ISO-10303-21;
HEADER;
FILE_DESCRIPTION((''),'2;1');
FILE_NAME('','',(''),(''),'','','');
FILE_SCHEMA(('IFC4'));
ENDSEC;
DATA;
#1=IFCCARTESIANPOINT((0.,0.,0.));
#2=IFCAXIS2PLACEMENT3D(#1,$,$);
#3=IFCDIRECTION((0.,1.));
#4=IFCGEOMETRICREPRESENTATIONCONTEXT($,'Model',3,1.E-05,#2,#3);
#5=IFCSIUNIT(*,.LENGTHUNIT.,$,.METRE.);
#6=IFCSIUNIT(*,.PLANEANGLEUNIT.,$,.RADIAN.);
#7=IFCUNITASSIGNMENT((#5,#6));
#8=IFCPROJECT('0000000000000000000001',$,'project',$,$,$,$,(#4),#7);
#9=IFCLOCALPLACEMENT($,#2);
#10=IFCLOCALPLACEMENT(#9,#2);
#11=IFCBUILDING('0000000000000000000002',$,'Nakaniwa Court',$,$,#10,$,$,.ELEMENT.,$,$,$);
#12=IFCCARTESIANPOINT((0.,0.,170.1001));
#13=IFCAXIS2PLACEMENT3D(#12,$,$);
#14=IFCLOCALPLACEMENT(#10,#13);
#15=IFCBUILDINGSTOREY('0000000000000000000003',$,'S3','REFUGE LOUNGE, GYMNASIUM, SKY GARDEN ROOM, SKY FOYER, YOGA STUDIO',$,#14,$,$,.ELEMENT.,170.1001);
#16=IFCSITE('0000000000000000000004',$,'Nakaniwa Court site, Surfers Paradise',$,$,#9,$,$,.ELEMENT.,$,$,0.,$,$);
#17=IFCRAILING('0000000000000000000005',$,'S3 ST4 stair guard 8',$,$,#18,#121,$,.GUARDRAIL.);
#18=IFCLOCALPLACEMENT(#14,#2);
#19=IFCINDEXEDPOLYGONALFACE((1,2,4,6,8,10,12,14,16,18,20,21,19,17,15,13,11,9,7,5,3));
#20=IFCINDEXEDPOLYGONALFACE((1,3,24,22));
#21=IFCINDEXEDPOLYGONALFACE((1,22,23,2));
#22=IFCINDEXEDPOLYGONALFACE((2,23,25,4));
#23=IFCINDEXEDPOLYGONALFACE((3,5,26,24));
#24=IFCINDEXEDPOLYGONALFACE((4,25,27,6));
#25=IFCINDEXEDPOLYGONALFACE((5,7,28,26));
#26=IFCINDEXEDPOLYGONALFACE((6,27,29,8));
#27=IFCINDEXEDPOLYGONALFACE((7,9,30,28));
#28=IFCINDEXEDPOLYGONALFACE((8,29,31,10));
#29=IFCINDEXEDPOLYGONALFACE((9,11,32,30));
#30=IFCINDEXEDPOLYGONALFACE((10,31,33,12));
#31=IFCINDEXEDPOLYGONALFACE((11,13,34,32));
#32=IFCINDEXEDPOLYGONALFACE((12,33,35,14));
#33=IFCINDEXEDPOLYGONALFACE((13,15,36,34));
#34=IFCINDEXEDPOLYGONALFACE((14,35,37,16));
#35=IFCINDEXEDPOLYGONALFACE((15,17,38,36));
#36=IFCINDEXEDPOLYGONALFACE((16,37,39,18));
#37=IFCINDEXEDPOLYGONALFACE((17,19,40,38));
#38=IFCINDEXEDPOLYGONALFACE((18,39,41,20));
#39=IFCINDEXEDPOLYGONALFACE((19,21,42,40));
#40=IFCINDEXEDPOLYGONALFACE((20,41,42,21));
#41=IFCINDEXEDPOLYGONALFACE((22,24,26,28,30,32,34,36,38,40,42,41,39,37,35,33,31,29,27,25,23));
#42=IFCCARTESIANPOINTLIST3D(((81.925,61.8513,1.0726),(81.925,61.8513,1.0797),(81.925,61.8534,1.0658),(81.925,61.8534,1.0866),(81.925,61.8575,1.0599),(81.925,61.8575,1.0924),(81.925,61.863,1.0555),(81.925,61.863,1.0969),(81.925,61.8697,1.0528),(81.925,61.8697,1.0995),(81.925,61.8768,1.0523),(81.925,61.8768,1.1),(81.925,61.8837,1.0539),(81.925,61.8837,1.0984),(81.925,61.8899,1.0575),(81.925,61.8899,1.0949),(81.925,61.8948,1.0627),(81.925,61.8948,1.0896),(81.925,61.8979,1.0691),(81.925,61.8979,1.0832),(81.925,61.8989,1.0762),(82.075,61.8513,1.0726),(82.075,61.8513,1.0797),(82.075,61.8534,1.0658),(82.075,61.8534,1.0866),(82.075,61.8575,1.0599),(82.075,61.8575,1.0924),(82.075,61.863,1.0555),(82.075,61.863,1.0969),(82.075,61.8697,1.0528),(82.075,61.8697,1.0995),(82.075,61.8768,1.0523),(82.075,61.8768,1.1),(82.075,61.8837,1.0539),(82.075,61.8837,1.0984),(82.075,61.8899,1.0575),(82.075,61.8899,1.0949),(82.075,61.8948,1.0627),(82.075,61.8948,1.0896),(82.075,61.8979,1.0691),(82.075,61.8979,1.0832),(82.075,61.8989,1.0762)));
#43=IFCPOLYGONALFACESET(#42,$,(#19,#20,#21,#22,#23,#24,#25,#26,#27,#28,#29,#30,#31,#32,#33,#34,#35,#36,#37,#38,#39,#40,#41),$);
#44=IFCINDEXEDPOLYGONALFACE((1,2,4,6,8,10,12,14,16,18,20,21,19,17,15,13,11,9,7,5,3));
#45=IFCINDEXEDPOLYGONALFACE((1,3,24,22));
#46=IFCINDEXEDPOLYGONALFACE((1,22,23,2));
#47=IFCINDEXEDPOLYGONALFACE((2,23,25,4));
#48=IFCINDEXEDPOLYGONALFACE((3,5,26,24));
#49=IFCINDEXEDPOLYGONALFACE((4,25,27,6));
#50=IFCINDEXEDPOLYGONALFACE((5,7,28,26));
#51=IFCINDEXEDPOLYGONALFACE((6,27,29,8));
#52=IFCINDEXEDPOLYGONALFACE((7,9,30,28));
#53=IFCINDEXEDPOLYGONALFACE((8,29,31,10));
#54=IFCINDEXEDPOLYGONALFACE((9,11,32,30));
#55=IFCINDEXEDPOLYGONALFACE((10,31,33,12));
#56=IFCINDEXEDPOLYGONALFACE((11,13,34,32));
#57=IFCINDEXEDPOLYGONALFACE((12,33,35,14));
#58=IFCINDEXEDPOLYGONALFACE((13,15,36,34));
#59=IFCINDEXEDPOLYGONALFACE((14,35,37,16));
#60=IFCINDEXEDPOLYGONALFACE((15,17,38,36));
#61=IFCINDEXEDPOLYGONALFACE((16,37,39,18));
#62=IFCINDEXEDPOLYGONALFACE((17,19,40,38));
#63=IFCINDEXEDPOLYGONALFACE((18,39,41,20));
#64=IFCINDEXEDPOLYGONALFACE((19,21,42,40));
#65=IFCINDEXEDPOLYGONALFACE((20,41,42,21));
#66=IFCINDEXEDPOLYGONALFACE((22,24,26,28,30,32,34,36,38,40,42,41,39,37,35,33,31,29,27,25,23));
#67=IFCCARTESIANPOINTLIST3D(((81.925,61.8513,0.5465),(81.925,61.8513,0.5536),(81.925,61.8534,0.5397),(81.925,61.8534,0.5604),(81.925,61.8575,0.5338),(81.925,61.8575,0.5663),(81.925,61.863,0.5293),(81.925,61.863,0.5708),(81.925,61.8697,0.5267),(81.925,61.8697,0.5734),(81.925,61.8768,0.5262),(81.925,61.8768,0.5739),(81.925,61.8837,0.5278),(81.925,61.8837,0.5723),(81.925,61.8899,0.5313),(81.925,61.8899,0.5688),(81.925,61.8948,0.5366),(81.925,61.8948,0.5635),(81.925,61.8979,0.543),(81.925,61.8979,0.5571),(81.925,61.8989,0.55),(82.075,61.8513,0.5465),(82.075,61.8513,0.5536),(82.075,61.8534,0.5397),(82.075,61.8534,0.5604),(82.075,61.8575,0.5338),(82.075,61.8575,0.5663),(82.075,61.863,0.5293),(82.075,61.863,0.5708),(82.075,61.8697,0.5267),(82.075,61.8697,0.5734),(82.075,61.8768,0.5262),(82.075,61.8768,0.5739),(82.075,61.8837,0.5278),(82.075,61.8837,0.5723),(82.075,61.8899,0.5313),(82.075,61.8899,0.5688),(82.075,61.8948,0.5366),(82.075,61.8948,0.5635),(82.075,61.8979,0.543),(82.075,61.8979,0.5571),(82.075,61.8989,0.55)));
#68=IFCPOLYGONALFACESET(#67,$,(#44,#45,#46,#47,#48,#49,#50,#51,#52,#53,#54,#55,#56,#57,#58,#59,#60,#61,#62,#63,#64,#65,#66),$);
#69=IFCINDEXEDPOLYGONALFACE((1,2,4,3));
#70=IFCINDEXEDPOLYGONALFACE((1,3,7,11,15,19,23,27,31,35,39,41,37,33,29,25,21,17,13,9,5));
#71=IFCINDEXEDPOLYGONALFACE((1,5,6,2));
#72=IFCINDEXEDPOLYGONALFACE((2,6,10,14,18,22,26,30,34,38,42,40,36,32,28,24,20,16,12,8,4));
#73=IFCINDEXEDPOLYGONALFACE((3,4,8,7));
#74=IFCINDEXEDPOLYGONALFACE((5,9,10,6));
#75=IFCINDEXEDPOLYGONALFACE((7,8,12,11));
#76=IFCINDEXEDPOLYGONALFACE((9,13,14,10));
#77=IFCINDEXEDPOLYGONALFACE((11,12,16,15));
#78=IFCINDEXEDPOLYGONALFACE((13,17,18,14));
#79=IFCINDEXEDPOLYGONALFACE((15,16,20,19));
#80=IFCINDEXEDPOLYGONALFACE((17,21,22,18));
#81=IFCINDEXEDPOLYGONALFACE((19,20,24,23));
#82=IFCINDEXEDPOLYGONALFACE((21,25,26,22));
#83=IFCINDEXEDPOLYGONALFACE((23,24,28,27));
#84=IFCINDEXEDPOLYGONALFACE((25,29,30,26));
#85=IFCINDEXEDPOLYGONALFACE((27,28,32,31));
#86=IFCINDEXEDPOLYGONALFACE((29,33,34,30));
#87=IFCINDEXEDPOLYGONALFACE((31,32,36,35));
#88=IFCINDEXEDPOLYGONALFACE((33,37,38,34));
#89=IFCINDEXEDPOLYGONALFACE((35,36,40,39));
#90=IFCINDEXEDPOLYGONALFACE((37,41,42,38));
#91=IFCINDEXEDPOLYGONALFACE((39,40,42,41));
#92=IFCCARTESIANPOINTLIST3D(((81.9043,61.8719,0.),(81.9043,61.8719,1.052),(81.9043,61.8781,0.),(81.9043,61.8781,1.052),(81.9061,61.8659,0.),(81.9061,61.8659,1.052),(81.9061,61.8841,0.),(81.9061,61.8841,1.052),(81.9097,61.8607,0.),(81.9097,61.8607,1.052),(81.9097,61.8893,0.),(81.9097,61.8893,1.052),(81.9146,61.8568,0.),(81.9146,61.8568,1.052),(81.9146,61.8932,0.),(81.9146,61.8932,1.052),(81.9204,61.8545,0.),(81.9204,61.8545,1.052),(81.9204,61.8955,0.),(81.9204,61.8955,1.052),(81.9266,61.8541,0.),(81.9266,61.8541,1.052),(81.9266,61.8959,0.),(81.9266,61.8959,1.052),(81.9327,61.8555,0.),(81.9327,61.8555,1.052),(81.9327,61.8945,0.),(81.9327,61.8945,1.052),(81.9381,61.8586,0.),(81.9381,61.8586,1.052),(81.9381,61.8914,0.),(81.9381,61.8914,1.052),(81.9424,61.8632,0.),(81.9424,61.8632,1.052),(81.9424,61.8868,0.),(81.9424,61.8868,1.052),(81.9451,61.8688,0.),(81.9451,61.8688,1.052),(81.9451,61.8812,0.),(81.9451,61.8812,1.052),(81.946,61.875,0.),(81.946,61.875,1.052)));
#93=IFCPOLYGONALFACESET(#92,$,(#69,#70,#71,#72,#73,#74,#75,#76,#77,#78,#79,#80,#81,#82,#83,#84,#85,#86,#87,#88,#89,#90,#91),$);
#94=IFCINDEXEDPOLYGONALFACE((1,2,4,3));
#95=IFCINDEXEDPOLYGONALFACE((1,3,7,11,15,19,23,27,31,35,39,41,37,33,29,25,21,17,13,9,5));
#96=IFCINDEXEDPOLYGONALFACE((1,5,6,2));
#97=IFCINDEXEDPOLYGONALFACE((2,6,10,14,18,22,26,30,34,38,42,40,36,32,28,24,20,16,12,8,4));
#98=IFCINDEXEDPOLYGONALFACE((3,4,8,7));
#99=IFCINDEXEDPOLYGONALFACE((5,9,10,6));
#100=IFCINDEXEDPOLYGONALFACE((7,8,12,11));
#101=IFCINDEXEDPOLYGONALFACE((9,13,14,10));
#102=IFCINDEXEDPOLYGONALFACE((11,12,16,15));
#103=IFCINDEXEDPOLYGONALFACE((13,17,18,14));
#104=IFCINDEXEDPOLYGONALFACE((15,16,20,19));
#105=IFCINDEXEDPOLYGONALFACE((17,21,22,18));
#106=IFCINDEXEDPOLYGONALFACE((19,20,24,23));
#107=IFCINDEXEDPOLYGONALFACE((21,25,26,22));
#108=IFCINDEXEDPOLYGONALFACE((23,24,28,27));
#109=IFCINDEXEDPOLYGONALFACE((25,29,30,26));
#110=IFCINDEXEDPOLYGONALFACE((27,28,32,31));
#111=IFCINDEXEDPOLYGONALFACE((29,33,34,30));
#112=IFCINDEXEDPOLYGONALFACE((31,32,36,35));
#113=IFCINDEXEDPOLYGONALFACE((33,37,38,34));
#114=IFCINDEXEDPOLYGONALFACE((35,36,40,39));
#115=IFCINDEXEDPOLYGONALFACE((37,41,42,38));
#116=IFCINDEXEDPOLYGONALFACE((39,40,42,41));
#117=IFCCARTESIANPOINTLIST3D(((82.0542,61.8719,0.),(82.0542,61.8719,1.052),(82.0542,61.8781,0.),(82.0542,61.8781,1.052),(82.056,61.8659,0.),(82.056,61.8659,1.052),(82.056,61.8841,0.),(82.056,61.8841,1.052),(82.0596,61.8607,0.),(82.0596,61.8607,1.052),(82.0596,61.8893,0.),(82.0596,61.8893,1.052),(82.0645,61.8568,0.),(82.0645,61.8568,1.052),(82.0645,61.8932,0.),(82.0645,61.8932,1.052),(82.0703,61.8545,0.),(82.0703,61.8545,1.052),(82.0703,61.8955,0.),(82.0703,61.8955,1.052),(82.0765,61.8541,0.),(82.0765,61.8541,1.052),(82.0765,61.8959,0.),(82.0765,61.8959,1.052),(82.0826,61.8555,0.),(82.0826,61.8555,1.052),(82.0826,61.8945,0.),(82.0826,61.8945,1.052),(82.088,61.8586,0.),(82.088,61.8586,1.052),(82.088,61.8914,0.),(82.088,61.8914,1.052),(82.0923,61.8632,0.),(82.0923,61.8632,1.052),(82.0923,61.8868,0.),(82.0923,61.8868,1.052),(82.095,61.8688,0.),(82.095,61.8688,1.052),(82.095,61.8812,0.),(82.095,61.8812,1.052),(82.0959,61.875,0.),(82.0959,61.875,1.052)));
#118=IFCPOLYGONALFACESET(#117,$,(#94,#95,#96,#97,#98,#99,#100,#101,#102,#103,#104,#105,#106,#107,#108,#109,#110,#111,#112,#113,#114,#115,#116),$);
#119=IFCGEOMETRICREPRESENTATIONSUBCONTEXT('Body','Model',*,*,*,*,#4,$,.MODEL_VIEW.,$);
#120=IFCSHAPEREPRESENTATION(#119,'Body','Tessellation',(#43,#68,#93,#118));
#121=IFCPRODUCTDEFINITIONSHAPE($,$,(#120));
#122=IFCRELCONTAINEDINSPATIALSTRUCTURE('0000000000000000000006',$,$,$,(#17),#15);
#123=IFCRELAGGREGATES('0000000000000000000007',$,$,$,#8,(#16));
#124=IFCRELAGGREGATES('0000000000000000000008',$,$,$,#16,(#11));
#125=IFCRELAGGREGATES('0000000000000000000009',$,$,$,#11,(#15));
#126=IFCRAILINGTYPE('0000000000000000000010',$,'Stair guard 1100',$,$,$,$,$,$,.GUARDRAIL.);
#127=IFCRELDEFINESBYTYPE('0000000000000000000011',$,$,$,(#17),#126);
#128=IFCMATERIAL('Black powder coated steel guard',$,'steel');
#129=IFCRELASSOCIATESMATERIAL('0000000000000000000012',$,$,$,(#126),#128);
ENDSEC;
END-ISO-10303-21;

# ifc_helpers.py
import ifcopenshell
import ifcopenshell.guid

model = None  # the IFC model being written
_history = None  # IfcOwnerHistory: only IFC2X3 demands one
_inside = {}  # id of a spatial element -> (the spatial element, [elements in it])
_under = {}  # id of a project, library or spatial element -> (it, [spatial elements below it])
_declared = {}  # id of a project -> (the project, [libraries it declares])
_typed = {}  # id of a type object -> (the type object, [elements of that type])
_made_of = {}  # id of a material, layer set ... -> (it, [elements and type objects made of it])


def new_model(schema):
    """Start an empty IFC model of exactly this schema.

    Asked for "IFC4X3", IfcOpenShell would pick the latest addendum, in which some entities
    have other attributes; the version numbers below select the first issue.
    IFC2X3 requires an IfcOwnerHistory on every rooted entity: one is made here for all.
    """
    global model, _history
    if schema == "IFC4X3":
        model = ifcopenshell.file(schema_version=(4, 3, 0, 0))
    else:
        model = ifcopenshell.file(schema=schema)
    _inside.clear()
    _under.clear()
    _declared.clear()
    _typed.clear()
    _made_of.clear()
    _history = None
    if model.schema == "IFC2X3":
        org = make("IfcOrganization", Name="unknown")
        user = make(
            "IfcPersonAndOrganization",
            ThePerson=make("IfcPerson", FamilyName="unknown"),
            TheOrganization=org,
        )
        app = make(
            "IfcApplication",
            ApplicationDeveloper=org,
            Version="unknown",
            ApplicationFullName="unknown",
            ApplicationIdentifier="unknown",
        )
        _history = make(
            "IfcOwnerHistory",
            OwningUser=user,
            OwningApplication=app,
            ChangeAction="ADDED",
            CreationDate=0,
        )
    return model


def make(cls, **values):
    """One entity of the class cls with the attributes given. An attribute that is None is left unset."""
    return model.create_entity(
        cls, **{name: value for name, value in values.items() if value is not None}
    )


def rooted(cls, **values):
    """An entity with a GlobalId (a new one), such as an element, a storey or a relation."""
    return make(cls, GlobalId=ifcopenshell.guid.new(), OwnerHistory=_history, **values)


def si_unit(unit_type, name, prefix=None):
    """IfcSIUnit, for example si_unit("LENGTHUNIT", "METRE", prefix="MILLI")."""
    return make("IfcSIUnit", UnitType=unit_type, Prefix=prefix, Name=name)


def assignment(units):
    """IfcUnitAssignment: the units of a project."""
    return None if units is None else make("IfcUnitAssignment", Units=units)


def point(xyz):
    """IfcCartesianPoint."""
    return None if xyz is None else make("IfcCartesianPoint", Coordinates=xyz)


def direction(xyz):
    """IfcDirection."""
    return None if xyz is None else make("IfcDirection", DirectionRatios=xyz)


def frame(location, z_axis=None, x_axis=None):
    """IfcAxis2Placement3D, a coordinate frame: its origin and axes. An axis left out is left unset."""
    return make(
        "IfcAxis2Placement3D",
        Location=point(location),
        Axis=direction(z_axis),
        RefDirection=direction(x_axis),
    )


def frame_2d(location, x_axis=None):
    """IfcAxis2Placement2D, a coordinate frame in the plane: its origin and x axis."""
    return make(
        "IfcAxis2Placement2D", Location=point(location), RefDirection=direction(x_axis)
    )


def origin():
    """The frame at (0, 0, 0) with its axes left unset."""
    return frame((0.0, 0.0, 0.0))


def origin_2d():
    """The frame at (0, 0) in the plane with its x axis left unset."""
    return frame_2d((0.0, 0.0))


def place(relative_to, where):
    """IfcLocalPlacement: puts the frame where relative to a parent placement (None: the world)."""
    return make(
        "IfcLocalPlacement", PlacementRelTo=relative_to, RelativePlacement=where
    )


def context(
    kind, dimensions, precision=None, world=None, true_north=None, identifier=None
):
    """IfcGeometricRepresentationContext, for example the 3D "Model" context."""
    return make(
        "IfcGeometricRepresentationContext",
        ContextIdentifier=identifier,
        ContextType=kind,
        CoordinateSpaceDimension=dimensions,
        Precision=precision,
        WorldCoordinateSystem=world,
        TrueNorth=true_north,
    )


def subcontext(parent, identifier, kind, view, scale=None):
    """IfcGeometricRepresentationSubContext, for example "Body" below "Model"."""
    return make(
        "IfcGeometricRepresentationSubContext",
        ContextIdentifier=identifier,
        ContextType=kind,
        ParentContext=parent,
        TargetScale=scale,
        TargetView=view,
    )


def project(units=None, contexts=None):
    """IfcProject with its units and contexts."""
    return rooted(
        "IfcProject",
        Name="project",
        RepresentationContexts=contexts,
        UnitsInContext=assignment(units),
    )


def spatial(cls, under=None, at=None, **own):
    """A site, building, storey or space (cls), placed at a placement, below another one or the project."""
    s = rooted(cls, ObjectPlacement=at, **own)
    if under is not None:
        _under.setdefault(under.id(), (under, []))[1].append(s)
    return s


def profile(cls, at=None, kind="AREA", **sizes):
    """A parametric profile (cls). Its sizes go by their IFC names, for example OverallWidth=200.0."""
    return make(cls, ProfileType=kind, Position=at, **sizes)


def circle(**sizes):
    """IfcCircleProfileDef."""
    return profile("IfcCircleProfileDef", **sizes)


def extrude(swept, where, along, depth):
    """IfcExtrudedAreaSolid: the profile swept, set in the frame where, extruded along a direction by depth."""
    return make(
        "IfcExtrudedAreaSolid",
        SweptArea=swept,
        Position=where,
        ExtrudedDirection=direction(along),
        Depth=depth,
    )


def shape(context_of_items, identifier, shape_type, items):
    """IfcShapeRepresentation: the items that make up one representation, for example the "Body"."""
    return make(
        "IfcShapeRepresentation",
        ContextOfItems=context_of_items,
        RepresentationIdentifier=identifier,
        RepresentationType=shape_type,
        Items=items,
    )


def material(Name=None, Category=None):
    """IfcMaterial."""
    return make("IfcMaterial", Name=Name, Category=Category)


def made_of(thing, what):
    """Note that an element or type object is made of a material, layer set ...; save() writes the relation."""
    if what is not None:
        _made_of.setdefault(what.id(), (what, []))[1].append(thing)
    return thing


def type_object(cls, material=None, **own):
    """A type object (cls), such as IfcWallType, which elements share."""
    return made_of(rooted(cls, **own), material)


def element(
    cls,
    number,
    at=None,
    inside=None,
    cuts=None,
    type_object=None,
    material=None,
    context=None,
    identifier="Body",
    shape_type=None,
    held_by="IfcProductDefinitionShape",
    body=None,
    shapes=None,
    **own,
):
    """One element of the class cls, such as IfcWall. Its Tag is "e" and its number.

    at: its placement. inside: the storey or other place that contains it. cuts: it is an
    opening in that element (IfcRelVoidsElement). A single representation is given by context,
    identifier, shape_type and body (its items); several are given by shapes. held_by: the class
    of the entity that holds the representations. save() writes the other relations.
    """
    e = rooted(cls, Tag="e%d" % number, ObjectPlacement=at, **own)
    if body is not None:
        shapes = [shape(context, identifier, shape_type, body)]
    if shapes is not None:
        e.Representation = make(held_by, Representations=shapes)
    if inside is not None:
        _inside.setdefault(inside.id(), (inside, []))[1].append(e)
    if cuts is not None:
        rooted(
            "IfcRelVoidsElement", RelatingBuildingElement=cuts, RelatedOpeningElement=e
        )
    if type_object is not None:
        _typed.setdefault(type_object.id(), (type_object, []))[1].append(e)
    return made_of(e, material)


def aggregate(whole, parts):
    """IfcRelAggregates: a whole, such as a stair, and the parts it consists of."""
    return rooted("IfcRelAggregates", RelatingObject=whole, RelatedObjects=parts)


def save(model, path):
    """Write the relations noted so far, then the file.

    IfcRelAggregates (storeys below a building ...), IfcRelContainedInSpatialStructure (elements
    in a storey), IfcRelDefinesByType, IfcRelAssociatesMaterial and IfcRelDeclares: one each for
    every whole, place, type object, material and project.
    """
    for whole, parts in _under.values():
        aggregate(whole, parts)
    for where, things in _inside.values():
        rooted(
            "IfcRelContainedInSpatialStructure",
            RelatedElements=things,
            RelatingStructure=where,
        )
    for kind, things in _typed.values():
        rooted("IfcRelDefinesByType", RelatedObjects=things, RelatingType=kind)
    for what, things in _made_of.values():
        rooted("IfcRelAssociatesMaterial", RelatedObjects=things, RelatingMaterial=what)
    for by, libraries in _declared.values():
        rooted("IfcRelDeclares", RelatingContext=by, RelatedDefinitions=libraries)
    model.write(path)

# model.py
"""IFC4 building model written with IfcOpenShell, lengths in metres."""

from ifc_helpers import new_model, si_unit, direction, frame, origin, origin_2d, place, context, subcontext, project, spatial, circle, extrude, material, type_object, element, save


model = new_model("IFC4")

# Units and contexts
model_context = context("Model", 3, precision=1e-05, world=origin(), true_north=direction((0.0, 1.0)))
body_context = subcontext(model_context, "Body", "Model", "MODEL_VIEW")
ifc_project = project(units=[si_unit("LENGTHUNIT", "METRE"), si_unit("PLANEANGLEUNIT", "RADIAN")], contexts=[model_context])

# Site, building, storey
site_placement = place(None, origin())
site = spatial("IfcSite", under=ifc_project, at=site_placement, Name="Nakaniwa Court site, Surfers Paradise", CompositionType="ELEMENT", RefElevation=0.0)
building_placement = place(site_placement, origin())
building = spatial("IfcBuilding", under=site, at=building_placement, Name="Nakaniwa Court", CompositionType="ELEMENT")
storey_placement = place(building_placement, frame((0.0, 0.0, 170.1001)))
storey = spatial("IfcBuildingStorey", under=building, at=storey_placement, Name="S3", Description="REFUGE LOUNGE, GYMNASIUM, SKY GARDEN ROOM, SKY FOYER, YOGA STUDIO", CompositionType="ELEMENT", Elevation=170.1001)

# Railing
ifc_material_1 = material(Name="Black powder coated steel guard", Category="steel")
railing_type_1 = type_object("IfcRailingType", Name="Stair guard 1100", PredefinedType="GUARDRAIL", material=ifc_material_1)
railing_1_placement = place(storey_placement, frame((81.925, 61.875, 0.0)))
element("IfcRailing", 1, at=railing_1_placement, inside=storey, type_object=railing_type_1, Name="S3 ST4 stair guard 8", PredefinedType="GUARDRAIL", context=body_context, shape_type="SweptSolid", body=[
    extrude(circle(Radius=0.0239, at=origin_2d()), frame((0.0, 0.0, 1.0762), z_axis=(1.0, 0.0, 0.0), x_axis=(0.0, 1.0, 0.0)), (0.0, 0.0, 1.0), 0.1499),
    extrude(circle(Radius=0.0239, at=origin_2d()), frame((0.0, 0.0, 0.55), z_axis=(1.0, 0.0, 0.0), x_axis=(0.0, 1.0, 0.0)), (0.0, 0.0, 1.0), 0.1499),
    extrude(circle(Radius=0.021, at=origin_2d()), origin(), (0.0, 0.0, 1.0), 1.052),
    extrude(circle(Radius=0.021, at=origin_2d()), frame((0.1499, 0.0, 0.0)), (0.0, 0.0, 1.0), 1.052),
])

save(model, "model.ifc")
